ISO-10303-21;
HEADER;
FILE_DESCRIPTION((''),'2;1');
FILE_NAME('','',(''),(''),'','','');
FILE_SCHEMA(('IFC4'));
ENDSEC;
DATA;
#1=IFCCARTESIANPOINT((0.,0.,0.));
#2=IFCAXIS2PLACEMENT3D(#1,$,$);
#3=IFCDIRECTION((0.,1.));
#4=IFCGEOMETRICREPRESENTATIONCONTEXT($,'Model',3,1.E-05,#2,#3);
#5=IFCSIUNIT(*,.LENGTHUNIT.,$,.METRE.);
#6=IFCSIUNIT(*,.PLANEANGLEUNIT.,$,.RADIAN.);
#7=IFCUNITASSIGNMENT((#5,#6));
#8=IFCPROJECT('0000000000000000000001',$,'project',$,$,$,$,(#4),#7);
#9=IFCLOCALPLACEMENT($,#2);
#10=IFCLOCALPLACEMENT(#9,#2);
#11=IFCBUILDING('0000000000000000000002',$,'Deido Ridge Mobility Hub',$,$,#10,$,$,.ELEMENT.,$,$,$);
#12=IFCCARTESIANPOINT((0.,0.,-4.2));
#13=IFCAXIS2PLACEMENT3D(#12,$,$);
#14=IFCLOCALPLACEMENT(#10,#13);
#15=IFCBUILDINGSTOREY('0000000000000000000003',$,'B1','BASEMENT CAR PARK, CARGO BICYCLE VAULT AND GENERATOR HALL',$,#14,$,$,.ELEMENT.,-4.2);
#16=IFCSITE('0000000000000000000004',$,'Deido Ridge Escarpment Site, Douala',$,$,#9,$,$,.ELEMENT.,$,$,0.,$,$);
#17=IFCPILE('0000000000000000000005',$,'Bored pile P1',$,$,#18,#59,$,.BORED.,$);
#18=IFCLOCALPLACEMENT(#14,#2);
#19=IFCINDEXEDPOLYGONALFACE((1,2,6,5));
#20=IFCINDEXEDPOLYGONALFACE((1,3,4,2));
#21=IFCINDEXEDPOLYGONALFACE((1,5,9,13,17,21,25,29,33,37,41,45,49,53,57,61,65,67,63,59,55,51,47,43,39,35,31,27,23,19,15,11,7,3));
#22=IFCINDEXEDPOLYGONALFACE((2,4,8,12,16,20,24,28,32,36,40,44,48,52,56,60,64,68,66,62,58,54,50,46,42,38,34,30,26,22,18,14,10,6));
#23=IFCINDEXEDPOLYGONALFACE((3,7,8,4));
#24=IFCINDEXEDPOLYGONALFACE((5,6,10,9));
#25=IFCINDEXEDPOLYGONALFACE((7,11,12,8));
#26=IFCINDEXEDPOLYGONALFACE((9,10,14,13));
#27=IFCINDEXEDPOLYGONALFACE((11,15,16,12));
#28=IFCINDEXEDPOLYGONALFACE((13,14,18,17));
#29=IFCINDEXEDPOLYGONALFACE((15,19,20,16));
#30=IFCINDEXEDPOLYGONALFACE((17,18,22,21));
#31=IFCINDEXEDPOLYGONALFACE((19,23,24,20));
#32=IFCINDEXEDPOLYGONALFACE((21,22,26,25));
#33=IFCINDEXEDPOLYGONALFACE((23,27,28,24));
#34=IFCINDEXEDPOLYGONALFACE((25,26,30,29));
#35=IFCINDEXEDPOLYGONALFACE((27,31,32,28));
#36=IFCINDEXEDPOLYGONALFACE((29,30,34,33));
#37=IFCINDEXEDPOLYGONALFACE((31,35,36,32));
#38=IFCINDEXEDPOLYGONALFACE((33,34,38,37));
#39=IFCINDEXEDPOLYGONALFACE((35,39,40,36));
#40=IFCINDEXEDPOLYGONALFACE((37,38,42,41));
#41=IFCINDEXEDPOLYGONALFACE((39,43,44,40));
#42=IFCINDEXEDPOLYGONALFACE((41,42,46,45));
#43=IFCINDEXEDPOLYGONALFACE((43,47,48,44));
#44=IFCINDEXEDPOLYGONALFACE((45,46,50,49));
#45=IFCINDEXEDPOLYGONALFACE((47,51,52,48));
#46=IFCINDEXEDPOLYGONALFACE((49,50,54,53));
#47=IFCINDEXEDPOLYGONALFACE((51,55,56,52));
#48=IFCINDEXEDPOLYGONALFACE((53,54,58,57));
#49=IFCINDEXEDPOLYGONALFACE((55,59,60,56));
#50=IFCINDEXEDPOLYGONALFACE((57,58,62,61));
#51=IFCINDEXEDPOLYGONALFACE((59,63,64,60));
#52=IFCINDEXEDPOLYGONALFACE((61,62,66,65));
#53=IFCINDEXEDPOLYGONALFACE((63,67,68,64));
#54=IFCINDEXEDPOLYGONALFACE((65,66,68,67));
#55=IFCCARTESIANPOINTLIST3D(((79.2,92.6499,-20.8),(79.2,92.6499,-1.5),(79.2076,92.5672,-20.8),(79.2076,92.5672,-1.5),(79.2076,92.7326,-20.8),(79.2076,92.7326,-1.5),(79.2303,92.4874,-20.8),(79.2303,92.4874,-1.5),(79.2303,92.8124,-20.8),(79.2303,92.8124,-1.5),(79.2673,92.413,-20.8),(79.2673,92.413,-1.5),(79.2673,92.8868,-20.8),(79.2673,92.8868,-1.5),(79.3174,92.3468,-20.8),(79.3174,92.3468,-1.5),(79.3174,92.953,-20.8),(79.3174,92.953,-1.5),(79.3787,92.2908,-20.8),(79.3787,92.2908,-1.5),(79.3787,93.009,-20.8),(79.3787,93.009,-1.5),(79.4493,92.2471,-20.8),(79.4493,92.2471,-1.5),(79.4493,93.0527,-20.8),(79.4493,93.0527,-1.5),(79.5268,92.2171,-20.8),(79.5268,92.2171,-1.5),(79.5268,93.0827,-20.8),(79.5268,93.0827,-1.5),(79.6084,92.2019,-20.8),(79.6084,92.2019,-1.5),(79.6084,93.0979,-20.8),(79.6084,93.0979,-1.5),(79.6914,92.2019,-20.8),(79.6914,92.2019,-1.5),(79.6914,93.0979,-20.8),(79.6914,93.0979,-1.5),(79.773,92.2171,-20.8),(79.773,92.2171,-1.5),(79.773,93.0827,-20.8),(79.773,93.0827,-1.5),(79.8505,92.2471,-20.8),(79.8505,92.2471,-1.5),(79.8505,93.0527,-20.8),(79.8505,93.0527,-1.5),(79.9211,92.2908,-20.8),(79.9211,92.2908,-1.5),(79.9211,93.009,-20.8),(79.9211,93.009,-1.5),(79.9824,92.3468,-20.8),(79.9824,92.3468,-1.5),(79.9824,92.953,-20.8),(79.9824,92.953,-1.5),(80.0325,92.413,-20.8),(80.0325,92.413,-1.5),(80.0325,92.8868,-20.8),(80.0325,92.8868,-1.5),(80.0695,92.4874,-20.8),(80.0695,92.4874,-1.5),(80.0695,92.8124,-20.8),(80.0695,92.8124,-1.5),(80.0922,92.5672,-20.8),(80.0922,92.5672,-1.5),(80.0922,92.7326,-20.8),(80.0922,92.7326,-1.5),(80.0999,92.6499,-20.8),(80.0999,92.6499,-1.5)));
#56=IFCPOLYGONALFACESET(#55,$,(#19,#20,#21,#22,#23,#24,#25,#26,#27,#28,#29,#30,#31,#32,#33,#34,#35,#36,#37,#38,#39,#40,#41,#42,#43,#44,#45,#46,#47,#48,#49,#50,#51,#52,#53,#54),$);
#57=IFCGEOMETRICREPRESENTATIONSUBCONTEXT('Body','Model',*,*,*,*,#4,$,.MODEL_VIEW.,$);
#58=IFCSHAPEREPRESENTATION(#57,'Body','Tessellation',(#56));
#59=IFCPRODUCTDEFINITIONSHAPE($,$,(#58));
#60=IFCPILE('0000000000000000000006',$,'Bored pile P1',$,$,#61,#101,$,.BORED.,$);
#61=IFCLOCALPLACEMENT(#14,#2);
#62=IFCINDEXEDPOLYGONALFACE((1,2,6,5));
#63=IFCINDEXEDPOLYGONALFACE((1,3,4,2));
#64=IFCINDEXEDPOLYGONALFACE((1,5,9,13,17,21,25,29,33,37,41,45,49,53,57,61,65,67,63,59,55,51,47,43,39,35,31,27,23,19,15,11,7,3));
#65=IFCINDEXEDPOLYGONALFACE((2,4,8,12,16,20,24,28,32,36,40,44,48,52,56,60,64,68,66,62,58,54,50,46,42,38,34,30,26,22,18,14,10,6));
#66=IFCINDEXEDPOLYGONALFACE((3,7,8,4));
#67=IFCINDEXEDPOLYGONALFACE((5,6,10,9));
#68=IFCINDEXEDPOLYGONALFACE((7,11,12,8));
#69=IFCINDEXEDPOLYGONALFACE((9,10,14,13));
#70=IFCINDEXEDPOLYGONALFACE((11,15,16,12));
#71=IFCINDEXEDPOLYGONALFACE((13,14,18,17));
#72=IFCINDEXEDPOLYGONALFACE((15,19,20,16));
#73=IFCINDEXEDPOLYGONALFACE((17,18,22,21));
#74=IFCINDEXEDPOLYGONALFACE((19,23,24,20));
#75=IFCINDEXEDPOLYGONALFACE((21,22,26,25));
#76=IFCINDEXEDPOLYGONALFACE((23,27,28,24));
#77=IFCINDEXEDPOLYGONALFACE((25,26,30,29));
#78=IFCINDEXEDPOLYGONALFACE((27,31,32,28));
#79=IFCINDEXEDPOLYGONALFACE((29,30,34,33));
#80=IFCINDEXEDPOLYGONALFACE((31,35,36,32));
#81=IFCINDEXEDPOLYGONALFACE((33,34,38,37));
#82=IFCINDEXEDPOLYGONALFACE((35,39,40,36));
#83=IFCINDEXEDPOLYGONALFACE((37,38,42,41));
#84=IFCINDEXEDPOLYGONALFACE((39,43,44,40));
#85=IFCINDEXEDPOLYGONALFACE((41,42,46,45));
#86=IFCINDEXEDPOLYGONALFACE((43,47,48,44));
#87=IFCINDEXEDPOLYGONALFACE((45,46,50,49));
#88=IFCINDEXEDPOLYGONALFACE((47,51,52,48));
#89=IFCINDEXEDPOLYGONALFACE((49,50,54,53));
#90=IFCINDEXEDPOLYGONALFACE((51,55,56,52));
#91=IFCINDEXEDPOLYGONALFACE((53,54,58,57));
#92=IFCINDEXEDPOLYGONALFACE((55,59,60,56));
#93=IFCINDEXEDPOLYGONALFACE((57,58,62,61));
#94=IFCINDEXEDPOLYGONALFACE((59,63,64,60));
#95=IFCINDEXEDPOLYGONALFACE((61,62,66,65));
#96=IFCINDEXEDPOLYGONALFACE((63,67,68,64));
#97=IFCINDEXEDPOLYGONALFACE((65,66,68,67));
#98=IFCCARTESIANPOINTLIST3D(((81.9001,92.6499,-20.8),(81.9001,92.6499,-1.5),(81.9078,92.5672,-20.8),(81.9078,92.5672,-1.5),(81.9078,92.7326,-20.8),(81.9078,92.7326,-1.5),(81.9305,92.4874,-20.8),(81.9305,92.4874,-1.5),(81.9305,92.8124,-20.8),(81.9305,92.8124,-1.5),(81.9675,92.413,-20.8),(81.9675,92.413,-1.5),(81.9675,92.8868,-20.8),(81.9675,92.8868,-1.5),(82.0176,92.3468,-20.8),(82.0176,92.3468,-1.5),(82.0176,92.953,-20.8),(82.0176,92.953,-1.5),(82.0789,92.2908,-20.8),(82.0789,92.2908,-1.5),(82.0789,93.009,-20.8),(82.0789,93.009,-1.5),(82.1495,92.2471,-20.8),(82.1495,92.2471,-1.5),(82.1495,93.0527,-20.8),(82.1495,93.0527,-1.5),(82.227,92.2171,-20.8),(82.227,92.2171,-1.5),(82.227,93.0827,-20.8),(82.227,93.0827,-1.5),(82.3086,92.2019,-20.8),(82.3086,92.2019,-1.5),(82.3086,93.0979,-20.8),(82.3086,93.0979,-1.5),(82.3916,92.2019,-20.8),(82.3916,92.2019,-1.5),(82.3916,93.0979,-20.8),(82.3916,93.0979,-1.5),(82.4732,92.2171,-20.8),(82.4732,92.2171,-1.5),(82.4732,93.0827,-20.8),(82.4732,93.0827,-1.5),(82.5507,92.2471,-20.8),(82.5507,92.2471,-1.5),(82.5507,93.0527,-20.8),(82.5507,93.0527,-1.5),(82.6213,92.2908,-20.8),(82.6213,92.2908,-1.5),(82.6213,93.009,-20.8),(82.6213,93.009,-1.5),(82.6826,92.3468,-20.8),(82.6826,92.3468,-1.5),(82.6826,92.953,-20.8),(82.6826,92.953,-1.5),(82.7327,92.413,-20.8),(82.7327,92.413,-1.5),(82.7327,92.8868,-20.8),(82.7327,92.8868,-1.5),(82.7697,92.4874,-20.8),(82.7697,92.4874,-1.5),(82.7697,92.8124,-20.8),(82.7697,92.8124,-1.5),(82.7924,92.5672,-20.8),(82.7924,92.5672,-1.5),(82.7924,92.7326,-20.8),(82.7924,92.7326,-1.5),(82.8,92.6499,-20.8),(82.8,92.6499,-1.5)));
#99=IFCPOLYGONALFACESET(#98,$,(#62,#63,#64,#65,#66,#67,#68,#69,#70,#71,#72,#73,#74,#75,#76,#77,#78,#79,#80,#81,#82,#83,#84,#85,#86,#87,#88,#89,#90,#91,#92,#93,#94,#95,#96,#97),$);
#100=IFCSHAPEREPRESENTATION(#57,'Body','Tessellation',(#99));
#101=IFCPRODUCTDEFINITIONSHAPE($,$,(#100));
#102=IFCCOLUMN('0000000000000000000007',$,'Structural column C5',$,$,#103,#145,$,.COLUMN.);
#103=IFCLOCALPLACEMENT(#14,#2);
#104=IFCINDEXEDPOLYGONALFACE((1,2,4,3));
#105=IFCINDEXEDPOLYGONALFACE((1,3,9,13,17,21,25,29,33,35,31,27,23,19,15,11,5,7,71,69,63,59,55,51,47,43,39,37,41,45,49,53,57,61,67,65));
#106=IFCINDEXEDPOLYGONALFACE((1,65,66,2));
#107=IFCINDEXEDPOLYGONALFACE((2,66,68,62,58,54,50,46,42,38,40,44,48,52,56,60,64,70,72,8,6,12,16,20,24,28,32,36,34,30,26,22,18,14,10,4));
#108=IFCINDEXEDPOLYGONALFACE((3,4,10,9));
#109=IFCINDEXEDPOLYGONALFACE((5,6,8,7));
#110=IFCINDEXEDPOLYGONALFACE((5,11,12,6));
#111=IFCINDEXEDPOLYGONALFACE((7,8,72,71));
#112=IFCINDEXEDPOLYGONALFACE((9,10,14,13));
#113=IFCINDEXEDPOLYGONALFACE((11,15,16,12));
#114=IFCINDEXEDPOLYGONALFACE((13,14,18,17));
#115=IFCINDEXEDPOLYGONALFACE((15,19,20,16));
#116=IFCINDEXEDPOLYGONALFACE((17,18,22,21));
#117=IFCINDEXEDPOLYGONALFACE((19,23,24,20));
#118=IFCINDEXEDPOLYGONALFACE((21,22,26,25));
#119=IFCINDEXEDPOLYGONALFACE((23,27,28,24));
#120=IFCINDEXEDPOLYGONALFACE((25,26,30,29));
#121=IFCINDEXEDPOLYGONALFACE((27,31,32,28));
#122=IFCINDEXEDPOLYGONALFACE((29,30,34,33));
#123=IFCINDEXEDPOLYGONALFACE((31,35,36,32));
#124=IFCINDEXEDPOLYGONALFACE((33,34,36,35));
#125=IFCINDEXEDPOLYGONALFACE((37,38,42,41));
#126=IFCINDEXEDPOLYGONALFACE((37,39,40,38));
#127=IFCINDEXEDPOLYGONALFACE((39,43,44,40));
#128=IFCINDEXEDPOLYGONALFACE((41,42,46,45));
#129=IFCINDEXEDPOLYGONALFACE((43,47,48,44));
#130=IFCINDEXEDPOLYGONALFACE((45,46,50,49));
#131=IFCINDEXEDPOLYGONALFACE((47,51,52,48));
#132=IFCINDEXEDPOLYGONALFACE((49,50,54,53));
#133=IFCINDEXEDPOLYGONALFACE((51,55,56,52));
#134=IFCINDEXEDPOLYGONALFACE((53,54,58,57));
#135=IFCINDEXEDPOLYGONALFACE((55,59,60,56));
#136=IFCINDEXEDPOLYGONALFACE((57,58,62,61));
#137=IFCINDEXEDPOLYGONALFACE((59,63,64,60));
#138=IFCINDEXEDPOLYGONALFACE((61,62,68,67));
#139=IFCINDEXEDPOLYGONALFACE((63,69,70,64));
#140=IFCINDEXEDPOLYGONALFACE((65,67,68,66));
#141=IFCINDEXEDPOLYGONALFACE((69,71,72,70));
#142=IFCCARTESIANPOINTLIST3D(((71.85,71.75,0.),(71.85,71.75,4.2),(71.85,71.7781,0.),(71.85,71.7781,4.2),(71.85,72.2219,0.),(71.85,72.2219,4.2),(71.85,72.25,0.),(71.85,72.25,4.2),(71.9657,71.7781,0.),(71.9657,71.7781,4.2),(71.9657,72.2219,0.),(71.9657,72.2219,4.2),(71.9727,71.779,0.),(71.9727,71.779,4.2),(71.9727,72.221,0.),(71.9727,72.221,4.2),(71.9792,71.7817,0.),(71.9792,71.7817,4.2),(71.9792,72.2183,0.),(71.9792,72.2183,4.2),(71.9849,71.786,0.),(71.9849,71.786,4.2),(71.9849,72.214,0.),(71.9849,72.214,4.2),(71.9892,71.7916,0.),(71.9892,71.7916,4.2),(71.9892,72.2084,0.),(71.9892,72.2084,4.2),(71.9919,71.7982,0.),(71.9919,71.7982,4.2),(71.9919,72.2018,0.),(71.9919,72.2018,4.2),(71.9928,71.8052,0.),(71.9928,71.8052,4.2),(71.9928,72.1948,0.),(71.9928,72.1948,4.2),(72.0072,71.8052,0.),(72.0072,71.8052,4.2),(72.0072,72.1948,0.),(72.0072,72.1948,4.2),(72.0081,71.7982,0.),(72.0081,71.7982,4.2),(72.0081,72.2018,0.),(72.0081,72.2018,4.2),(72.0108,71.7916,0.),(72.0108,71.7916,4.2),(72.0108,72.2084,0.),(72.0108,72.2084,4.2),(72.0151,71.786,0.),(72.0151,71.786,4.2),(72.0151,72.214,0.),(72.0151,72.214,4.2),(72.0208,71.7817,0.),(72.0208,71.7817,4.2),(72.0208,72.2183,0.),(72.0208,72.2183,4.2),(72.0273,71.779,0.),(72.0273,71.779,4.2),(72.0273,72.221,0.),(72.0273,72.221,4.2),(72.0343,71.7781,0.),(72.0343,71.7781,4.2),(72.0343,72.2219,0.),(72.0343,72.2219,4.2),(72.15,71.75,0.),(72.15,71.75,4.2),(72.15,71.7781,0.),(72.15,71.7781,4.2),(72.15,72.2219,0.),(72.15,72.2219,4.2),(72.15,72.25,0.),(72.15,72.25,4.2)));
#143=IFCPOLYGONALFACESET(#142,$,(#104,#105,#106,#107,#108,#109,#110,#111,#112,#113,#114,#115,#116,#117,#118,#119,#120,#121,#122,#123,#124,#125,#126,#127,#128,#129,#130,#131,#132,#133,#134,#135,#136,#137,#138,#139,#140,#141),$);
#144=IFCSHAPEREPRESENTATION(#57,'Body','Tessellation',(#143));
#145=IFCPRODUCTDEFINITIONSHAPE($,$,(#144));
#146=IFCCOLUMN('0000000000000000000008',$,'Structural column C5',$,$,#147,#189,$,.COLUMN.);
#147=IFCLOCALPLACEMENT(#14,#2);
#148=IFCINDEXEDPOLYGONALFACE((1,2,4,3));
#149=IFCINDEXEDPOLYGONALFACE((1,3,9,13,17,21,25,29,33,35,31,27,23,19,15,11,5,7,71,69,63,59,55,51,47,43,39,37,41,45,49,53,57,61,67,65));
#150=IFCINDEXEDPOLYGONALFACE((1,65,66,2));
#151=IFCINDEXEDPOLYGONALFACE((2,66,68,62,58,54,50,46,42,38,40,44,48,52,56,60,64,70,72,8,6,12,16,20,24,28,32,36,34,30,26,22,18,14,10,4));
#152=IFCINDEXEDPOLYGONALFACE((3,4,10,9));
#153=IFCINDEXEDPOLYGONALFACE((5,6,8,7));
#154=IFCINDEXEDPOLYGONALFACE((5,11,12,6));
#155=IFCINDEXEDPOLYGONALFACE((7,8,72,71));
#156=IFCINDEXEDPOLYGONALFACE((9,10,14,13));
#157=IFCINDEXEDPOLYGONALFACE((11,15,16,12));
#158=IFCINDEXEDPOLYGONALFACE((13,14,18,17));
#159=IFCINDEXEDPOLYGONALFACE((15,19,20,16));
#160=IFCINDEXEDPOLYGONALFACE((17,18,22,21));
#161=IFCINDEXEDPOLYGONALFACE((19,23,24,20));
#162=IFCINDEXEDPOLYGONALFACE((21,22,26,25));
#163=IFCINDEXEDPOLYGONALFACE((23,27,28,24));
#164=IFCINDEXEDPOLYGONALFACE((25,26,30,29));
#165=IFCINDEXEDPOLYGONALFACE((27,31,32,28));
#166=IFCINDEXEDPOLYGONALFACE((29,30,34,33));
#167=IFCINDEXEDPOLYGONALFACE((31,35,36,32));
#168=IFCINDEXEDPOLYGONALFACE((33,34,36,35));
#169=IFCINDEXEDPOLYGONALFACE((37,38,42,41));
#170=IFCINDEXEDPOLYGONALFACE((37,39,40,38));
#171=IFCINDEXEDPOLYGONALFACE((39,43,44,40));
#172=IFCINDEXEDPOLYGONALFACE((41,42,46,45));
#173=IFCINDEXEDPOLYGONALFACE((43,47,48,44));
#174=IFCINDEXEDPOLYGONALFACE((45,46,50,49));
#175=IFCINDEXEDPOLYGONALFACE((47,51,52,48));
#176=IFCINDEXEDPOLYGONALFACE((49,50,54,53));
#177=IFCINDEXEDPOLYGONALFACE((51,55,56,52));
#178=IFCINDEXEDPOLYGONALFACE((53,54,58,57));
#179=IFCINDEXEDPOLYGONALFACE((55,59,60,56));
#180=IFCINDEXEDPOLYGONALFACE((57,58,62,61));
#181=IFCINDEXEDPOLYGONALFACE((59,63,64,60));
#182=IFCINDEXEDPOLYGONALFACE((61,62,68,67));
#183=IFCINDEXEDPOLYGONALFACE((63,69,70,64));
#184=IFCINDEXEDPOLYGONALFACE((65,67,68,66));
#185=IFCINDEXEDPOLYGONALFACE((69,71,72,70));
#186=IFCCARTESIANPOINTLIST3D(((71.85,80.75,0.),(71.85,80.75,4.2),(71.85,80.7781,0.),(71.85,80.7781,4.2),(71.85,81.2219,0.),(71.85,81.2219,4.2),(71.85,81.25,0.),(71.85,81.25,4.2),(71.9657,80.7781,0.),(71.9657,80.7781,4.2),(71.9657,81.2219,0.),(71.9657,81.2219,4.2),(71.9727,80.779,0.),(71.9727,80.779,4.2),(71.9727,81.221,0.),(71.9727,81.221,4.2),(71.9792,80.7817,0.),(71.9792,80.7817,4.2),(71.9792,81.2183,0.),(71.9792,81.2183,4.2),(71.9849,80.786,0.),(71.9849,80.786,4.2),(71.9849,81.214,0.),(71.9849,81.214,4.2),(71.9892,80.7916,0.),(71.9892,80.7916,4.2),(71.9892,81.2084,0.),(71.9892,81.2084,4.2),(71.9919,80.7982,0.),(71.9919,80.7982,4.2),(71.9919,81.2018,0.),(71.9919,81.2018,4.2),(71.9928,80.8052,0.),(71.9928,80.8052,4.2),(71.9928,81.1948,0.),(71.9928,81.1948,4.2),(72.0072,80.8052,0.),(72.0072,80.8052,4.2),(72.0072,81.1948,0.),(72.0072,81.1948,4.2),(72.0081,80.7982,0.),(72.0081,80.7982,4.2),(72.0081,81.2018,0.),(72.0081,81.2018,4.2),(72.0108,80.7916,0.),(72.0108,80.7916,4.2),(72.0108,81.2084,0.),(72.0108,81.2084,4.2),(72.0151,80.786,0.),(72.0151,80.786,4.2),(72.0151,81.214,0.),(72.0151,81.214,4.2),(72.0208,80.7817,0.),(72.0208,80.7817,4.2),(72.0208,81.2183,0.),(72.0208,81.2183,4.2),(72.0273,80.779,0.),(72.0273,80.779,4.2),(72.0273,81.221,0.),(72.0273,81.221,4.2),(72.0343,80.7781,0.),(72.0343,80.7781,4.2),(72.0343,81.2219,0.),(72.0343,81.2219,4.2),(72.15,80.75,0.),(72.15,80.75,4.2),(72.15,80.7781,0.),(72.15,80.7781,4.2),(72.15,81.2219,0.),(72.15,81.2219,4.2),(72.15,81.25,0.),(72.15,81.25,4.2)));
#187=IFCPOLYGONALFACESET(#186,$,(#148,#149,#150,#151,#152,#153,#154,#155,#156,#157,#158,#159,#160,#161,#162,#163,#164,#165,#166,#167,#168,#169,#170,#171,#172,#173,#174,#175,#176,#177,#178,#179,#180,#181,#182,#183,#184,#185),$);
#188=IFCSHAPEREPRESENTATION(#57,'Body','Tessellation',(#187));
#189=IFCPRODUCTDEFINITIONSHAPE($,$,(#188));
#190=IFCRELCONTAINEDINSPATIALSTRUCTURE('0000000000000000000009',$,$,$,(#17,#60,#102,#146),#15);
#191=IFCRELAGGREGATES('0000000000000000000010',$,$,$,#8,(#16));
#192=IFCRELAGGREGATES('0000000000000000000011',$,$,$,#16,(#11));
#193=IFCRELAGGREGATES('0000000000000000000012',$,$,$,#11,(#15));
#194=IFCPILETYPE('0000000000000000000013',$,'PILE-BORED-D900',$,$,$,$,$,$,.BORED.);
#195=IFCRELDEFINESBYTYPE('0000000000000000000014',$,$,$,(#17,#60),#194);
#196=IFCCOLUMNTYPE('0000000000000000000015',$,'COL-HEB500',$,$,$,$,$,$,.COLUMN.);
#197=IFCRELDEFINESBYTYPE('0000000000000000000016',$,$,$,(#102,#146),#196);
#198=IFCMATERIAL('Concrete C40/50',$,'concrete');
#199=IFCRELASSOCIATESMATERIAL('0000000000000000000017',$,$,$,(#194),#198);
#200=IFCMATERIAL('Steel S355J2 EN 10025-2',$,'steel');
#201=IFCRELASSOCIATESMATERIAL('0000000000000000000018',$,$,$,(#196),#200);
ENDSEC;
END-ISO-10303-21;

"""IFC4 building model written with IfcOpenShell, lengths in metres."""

from ifc_helpers import new_model, si_unit, direction, frame, origin, origin_2d, place, context, subcontext, project, spatial, circle, i_section, extrude, material, material_profile, profile_set, type_object, element, save


model = new_model("IFC4")

# Units and contexts
model_context = context("Model", 3, precision=1e-05, world=origin(), true_north=direction((0.0, 1.0)))
body_context = subcontext(model_context, "Body", "Model", "MODEL_VIEW")
ifc_project = project(units=[si_unit("LENGTHUNIT", "METRE"), si_unit("PLANEANGLEUNIT", "RADIAN")], contexts=[model_context])

# Site, building, storey
site_placement = place(None, origin())
site = spatial("IfcSite", under=ifc_project, at=site_placement, Name="Deido Ridge Escarpment Site, Douala", CompositionType="ELEMENT", RefElevation=0.0)
building_placement = place(site_placement, origin())
building = spatial("IfcBuilding", under=site, at=building_placement, Name="Deido Ridge Mobility Hub", CompositionType="ELEMENT")
storey_placement = place(building_placement, frame((0.0, 0.0, -4.2)))
storey = spatial("IfcBuildingStorey", under=building, at=storey_placement, Name="B1", Description="BASEMENT CAR PARK, CARGO BICYCLE VAULT AND GENERATOR HALL", CompositionType="ELEMENT", Elevation=-4.2)

# Shared definitions
ifc_material_1 = material(Name="Concrete C40/50", Category="concrete")

# Piles
ifc_material_profile_1 = material_profile(ifc_material_1, circle(Radius=0.45, at=origin_2d()), Name="BORED PILE D900")
ifc_profile_set_1 = profile_set([ifc_material_profile_1], Name="Concrete C40/50")
pile_type_1 = type_object("IfcPileType", Name="PILE-BORED-D900", PredefinedType="BORED", material=ifc_profile_set_1)
for number, where, z_axis, x_axis, name in (
    (1, (79.6499, 92.6499, -1.5), (0.0, 0.0, -1.0), (1.0, 0.0, 0.0), "Bored pile P1"),
    (2, (82.3501, 92.6499, -1.5), (0.0, 0.0, -1.0), (1.0, 0.0, 0.0), "Bored pile P1"),
):
    element("IfcPile", number, at=place(storey_placement, frame(where, z_axis=z_axis, x_axis=x_axis)), inside=storey, type_object=pile_type_1, Name=name, PredefinedType="BORED", context=body_context, shape_type="SweptSolid", body=[
        extrude(circle(Radius=0.45, at=origin_2d()), origin(), (0.0, 0.0, 1.0), 19.3),
    ])

# Columns
ifc_material_2 = material(Name="Steel S355J2 EN 10025-2", Category="steel")
ifc_material_profile_2 = material_profile(ifc_material_2, i_section(OverallWidth=0.3, OverallDepth=0.5, WebThickness=0.0144, FlangeThickness=0.0281, FilletRadius=0.0271, at=origin_2d()), Name="HEB 500")
ifc_profile_set_2 = profile_set([ifc_material_profile_2], Name="Steel S355J2 EN 10025-2")
column_type_1 = type_object("IfcColumnType", Name="COL-HEB500", PredefinedType="COLUMN", material=ifc_profile_set_2)
for number, where, z_axis, x_axis, name in (
    (3, (72.0, 72.0, 0.0), (0.0, 0.0, 1.0), (1.0, 0.0, 0.0), "Structural column C5"),
    (4, (72.0, 81.0, 0.0), (0.0, 0.0, 1.0), (1.0, 0.0, 0.0), "Structural column C5"),
):
    element("IfcColumn", number, at=place(storey_placement, frame(where, z_axis=z_axis, x_axis=x_axis)), inside=storey, type_object=column_type_1, Name=name, PredefinedType="COLUMN", context=body_context, shape_type="SweptSolid", body=[
        extrude(i_section(OverallWidth=0.3, OverallDepth=0.5, WebThickness=0.0144, FlangeThickness=0.0281, FilletRadius=0.0271, at=origin_2d()), origin(), (0.0, 0.0, 1.0), 4.2),
    ])

save(model, "model.ifc")
